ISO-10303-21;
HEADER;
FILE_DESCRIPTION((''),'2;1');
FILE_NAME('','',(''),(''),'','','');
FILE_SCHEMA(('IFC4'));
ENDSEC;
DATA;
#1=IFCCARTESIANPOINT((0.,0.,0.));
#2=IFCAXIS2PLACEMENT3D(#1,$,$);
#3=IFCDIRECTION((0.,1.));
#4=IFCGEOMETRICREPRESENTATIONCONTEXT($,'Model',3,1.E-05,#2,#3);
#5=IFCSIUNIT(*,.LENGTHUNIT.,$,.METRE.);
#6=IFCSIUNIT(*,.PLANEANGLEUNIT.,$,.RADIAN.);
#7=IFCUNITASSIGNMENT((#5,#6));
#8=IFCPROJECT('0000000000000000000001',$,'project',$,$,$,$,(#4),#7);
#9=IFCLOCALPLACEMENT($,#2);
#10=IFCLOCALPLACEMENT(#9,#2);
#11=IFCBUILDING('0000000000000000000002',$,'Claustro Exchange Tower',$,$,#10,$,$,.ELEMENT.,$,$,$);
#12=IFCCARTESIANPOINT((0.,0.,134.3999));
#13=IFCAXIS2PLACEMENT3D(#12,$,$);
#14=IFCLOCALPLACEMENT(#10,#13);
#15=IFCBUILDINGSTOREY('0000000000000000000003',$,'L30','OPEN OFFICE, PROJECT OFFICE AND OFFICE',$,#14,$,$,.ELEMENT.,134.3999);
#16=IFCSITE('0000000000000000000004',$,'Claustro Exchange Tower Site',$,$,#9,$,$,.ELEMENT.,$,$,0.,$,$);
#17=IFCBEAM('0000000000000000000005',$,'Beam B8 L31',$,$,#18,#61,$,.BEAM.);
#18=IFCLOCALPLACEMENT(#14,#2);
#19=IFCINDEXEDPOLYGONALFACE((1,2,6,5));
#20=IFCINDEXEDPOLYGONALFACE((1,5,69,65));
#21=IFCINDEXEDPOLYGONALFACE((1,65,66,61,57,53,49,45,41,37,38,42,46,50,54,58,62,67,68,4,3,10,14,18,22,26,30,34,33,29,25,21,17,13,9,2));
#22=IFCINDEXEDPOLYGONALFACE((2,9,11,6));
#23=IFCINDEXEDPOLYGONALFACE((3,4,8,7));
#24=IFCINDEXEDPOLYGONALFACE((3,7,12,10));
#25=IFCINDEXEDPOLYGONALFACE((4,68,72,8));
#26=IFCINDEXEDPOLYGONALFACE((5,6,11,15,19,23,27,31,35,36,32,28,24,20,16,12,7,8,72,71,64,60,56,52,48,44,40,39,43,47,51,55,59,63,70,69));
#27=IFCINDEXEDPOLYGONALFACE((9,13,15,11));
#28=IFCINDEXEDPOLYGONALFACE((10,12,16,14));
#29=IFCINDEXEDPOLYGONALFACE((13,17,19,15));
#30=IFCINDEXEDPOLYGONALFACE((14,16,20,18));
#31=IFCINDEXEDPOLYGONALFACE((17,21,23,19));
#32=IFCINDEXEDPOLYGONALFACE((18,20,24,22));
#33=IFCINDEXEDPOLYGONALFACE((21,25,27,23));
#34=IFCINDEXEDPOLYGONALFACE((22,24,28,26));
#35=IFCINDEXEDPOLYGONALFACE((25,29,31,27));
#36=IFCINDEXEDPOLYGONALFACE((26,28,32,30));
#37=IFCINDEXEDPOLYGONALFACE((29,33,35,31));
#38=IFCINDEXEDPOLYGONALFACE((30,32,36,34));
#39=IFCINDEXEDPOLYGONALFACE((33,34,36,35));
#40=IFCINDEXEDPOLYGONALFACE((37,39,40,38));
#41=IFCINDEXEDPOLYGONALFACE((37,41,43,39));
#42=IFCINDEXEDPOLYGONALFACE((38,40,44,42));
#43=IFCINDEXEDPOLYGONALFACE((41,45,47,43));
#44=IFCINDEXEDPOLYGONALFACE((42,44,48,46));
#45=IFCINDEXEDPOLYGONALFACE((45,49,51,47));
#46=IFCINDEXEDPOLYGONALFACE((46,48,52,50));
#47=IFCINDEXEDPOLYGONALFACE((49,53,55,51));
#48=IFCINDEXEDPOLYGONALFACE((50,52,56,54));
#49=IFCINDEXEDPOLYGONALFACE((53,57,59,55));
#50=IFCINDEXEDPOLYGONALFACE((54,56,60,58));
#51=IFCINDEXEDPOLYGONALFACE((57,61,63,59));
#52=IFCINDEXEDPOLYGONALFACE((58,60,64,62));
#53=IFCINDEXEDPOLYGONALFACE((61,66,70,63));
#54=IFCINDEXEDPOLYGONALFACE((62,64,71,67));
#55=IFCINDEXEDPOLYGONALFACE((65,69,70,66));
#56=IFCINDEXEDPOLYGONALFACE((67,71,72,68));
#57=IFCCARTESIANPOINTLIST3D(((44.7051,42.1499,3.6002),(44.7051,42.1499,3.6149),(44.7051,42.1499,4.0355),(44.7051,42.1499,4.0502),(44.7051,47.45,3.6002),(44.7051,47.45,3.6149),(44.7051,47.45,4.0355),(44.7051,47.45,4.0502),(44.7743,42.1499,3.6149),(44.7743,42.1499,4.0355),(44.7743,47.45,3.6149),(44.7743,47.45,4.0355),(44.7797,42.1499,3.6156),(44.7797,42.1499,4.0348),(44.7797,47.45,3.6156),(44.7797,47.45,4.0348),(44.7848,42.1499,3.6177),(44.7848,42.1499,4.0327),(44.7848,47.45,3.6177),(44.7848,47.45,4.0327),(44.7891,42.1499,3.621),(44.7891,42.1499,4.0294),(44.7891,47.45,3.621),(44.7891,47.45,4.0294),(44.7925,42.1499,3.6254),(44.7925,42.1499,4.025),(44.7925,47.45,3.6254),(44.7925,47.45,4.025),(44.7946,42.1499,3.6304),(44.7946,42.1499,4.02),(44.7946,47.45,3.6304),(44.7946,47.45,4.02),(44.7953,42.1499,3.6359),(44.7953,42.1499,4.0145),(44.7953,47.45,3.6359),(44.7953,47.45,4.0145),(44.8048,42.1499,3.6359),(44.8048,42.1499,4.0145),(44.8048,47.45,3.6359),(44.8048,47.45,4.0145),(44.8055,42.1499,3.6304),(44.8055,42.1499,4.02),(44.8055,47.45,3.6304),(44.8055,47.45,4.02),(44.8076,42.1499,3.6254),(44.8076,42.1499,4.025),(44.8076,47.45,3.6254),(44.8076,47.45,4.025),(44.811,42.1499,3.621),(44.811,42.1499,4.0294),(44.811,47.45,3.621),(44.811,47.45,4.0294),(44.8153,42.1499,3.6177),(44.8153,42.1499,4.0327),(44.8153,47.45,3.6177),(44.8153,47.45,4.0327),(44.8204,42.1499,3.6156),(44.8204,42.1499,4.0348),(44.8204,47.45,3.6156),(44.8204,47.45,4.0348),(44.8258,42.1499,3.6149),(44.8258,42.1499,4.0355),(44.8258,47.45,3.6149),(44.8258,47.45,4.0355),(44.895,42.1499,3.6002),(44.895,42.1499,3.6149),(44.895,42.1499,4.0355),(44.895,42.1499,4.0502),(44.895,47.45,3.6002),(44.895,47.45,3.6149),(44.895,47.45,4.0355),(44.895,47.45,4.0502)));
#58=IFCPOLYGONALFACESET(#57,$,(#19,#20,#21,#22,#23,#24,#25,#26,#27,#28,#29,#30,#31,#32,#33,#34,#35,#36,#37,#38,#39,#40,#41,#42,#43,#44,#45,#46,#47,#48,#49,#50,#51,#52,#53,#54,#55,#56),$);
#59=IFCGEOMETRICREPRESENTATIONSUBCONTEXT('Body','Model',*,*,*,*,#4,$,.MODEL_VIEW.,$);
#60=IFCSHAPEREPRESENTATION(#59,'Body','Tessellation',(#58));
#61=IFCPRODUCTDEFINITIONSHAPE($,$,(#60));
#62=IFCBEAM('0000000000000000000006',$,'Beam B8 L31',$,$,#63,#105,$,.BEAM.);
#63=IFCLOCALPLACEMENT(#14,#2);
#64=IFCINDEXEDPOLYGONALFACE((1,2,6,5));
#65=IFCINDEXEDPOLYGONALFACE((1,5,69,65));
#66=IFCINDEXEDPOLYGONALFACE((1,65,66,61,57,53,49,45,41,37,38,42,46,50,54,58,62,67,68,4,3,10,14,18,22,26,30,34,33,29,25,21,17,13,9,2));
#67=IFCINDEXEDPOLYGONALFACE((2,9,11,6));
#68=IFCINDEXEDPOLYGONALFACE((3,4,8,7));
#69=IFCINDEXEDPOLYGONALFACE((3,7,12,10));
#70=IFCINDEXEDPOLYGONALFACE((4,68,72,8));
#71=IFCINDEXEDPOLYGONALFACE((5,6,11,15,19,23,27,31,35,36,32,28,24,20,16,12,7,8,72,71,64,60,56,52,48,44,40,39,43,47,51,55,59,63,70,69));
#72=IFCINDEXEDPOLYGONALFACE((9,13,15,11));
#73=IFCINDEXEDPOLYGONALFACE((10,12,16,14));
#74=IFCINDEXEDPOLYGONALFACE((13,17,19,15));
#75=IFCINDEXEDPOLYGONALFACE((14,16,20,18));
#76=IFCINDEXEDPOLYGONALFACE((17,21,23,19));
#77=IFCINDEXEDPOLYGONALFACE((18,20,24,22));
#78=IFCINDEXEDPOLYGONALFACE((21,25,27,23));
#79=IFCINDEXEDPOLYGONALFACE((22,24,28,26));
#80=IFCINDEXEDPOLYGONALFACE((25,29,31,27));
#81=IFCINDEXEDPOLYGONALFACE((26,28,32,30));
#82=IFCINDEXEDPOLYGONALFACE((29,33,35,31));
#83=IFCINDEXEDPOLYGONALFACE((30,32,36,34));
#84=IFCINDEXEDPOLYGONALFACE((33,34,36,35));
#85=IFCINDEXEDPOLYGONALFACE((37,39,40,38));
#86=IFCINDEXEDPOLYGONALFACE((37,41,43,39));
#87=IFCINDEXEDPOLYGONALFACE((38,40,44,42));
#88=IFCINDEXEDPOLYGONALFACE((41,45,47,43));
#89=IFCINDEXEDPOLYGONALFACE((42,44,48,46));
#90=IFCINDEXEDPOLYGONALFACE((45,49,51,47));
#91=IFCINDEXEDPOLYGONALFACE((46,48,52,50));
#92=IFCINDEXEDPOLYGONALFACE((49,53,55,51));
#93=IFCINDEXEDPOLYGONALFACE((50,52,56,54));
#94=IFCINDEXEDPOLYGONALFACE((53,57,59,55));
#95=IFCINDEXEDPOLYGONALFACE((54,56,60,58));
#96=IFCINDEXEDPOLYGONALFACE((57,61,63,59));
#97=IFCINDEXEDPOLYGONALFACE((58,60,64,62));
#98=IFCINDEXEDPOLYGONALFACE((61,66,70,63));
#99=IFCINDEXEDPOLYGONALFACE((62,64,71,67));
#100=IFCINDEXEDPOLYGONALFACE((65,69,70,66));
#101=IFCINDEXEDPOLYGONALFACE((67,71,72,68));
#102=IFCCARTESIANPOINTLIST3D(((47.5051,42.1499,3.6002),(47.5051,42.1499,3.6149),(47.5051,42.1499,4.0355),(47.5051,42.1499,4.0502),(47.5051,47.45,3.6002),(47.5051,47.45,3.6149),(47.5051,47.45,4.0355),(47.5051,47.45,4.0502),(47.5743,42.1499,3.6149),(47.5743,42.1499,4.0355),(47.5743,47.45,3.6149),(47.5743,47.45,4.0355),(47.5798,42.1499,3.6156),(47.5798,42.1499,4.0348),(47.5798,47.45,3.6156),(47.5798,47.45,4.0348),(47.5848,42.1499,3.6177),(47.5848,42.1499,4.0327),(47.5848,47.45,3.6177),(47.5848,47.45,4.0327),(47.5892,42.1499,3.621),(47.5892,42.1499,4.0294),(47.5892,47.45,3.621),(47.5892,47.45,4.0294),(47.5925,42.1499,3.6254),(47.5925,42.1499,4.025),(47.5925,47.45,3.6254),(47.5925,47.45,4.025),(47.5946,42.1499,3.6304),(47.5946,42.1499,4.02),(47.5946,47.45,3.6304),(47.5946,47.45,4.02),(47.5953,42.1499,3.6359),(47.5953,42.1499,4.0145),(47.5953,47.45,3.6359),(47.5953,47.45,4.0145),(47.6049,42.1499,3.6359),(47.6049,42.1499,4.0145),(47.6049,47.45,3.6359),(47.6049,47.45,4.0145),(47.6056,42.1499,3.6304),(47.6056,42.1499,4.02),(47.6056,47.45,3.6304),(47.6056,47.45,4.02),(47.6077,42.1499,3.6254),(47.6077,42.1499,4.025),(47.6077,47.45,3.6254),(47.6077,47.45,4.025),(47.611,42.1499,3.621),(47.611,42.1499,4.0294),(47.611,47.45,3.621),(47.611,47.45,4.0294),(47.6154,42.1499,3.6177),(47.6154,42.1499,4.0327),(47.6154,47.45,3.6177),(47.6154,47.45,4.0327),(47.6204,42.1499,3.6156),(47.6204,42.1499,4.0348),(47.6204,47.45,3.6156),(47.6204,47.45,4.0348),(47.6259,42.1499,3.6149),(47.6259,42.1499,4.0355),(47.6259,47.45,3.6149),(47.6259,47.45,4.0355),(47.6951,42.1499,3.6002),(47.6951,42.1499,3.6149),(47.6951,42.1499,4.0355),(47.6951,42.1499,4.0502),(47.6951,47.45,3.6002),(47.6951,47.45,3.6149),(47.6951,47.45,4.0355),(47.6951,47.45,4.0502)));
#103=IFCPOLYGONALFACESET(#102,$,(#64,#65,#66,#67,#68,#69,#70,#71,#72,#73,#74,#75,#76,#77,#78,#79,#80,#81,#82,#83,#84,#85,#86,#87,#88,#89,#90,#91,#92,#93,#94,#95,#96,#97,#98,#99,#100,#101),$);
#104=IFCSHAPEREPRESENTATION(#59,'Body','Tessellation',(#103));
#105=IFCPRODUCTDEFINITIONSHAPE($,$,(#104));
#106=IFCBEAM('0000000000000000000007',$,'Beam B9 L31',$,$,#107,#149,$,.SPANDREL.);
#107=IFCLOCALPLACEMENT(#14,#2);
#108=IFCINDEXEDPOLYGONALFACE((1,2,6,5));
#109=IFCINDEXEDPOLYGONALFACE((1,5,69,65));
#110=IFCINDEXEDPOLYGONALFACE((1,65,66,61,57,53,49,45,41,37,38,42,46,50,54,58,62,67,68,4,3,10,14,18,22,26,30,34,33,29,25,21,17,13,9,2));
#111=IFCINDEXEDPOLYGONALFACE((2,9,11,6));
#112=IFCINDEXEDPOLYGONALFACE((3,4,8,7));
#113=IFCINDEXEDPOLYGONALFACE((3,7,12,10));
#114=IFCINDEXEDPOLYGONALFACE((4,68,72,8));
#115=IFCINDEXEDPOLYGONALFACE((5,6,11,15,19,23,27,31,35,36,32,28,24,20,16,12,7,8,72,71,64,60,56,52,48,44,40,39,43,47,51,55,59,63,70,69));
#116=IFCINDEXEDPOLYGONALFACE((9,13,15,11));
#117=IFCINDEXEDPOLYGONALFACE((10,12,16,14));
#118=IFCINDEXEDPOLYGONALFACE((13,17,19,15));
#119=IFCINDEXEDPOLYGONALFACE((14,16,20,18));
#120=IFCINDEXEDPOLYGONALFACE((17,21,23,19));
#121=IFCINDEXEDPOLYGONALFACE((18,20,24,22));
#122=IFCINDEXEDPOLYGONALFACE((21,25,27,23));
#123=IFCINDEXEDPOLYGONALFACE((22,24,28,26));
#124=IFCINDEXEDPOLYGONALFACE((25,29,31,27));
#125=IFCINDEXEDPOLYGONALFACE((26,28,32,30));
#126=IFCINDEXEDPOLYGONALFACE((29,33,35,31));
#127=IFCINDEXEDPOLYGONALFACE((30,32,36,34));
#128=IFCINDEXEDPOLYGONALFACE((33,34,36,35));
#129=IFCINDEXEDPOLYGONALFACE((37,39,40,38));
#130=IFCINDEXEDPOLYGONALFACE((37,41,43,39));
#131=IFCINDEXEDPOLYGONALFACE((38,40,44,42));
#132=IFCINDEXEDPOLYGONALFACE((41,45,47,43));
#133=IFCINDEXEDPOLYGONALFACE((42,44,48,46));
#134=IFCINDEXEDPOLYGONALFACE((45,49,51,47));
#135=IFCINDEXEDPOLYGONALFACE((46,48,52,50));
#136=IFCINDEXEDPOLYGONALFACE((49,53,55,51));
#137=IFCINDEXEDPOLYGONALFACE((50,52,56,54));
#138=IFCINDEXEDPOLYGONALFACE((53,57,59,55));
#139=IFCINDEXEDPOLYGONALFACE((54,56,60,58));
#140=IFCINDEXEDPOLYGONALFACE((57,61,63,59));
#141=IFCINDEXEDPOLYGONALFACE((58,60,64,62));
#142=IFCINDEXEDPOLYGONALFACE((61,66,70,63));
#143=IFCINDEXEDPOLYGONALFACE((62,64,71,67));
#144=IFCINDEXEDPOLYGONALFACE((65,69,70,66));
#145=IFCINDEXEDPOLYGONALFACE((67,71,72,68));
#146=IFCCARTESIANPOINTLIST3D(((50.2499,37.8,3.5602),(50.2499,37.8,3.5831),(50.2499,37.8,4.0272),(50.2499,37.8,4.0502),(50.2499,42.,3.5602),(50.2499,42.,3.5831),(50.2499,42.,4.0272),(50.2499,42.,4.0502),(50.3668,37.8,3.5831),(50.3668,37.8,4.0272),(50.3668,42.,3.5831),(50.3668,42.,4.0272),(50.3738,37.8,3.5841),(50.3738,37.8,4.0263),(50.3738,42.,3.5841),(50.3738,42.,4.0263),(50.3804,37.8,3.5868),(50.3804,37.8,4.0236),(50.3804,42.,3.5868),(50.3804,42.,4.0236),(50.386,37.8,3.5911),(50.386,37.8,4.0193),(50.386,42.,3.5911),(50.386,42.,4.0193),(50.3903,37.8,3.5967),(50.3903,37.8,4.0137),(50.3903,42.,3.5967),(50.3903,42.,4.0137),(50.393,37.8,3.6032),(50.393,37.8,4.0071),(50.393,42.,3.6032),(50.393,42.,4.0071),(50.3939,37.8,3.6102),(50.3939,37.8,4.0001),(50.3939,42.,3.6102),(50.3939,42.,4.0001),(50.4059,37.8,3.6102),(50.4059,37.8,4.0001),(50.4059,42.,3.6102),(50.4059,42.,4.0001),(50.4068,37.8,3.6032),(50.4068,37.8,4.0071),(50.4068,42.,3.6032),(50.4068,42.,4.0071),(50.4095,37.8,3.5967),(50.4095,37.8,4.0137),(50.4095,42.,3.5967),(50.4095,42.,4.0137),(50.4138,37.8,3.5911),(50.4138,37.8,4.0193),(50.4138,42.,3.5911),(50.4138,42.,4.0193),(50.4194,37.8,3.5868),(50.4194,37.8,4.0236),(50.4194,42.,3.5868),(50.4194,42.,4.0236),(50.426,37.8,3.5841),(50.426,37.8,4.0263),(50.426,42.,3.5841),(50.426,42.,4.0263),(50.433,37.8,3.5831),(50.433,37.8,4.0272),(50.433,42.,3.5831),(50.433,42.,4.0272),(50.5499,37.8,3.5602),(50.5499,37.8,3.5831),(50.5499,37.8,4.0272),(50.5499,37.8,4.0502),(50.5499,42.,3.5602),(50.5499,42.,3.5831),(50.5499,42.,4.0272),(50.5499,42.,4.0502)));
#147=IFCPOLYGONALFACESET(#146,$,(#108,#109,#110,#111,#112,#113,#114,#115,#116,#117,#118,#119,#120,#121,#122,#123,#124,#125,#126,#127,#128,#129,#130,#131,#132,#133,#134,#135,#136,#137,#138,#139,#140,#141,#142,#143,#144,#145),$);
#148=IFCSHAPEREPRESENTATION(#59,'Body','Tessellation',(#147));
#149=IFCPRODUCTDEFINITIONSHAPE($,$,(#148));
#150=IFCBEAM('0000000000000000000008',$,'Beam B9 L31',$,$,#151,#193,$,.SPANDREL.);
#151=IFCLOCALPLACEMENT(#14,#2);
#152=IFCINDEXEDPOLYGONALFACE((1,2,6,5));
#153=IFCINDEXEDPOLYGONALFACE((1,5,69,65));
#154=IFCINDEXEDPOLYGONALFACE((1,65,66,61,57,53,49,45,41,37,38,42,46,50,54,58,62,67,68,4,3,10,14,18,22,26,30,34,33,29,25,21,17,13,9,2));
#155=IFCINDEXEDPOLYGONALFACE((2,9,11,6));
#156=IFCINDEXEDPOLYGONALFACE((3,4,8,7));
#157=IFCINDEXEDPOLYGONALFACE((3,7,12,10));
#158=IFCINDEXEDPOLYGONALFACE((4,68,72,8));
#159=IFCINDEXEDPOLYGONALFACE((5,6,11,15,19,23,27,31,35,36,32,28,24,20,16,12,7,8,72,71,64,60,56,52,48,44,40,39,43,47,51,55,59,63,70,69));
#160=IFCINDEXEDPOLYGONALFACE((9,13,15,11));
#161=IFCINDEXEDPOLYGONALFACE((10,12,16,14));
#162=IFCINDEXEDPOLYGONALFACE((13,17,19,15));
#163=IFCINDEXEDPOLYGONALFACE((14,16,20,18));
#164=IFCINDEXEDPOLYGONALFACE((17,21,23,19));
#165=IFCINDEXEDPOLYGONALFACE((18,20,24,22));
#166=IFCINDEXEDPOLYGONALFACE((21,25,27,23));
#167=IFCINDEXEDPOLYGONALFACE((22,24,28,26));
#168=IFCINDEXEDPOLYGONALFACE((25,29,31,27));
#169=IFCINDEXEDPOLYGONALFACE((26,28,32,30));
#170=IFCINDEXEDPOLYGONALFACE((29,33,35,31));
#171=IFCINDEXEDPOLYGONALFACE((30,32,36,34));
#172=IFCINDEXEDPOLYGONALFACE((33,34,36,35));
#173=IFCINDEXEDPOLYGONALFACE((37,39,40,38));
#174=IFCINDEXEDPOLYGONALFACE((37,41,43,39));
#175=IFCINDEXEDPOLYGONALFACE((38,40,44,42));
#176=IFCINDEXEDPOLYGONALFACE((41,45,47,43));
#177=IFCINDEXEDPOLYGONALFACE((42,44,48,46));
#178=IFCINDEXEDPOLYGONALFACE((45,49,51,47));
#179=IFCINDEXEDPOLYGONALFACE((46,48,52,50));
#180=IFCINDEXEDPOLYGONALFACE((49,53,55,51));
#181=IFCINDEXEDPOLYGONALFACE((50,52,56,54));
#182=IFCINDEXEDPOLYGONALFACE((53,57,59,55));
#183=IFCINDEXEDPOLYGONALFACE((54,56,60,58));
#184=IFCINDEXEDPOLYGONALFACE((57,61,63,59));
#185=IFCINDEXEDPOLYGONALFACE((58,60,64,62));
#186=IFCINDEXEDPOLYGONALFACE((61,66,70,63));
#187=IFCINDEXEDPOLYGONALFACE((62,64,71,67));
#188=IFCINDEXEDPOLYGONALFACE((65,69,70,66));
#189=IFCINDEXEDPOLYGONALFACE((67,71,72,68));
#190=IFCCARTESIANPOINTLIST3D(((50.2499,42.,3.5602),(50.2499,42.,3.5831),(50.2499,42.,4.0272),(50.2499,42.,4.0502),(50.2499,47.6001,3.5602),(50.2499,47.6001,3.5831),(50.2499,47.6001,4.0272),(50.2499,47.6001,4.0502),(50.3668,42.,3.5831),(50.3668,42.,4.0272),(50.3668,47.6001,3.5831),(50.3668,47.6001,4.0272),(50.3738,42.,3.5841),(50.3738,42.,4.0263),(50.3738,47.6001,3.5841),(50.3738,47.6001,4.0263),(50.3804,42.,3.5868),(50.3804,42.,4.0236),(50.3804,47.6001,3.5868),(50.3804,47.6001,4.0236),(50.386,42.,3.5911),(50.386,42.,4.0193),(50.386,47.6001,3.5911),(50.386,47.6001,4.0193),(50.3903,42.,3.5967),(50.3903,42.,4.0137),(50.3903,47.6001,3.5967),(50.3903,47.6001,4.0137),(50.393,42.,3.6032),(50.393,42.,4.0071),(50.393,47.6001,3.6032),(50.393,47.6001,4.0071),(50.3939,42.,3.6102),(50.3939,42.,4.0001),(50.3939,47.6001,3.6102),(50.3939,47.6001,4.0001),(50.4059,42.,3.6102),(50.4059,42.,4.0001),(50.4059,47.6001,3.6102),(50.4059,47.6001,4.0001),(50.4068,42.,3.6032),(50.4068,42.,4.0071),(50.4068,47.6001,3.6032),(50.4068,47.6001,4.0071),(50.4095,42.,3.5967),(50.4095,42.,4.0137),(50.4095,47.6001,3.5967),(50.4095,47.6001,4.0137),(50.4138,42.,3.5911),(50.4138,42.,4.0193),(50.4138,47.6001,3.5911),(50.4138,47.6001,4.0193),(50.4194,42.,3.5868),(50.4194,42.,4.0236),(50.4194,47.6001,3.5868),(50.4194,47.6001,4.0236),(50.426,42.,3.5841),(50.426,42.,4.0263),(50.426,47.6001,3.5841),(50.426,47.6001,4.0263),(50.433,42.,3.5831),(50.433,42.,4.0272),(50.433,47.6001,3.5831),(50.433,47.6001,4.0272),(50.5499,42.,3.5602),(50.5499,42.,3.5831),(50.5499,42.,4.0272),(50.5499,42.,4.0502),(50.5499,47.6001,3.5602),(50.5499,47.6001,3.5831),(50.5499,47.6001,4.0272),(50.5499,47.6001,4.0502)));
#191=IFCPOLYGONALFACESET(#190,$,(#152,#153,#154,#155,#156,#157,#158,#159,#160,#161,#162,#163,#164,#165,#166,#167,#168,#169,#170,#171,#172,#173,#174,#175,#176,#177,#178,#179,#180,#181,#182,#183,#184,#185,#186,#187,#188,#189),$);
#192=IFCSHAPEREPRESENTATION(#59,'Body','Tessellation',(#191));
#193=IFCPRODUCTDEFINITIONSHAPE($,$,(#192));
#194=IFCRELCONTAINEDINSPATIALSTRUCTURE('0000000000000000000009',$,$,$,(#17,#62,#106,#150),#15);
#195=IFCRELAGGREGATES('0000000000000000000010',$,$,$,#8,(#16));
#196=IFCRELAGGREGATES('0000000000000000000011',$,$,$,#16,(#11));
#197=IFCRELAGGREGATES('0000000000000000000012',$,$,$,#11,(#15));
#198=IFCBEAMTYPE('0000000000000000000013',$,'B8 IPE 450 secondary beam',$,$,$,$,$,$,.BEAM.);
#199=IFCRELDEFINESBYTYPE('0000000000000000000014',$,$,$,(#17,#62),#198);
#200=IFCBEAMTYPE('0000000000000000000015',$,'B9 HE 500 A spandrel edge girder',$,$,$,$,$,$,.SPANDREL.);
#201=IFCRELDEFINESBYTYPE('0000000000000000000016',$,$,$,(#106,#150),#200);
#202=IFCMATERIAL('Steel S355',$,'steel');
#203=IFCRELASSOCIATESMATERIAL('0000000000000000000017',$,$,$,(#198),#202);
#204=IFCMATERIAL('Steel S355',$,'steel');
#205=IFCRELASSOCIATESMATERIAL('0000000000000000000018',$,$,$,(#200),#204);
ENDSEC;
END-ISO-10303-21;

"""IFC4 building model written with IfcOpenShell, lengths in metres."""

from ifc_helpers import new_model, si_unit, direction, frame, origin, origin_2d, place, context, subcontext, project, spatial, i_section, extrude, material, material_profile, profile_set, type_object, element, save


model = new_model("IFC4")

# Units and contexts
model_context = context("Model", 3, precision=1e-05, world=origin(), true_north=direction((0.0, 1.0)))
body_context = subcontext(model_context, "Body", "Model", "MODEL_VIEW")
ifc_project = project(units=[si_unit("LENGTHUNIT", "METRE"), si_unit("PLANEANGLEUNIT", "RADIAN")], contexts=[model_context])

# Site, building, storey
site_placement = place(None, origin())
site = spatial("IfcSite", under=ifc_project, at=site_placement, Name="Claustro Exchange Tower Site", CompositionType="ELEMENT", RefElevation=0.0)
building_placement = place(site_placement, origin())
building = spatial("IfcBuilding", under=site, at=building_placement, Name="Claustro Exchange Tower", CompositionType="ELEMENT")
storey_placement = place(building_placement, frame((0.0, 0.0, 134.3999)))
storey = spatial("IfcBuildingStorey", under=building, at=storey_placement, Name="L30", Description="OPEN OFFICE, PROJECT OFFICE AND OFFICE", CompositionType="ELEMENT", Elevation=134.3999)

# Beams
ifc_material_1 = material(Name="Steel S355", Category="steel")
ifc_material_profile_1 = material_profile(ifc_material_1, i_section(OverallWidth=0.1899, OverallDepth=0.45, WebThickness=0.0095, FlangeThickness=0.0146, FilletRadius=0.021, at=origin_2d()), Name="IPE 450")
ifc_profile_set_1 = profile_set([ifc_material_profile_1], Name="Steel S355")
beam_type_1 = type_object("IfcBeamType", Name="B8 IPE 450 secondary beam", PredefinedType="BEAM", material=ifc_profile_set_1)
for number, where, z_axis, x_axis, name in (
    (1, (44.8, 42.1499, 3.8252), (0.0, 1.0, 0.0), (-1.0, 0.0, 0.0), "Beam B8 L31"),
    (2, (47.6001, 42.1499, 3.8252), (0.0, 1.0, 0.0), (-1.0, 0.0, 0.0), "Beam B8 L31"),
):
    element("IfcBeam", number, at=place(storey_placement, frame(where, z_axis=z_axis, x_axis=x_axis)), inside=storey, type_object=beam_type_1, Name=name, PredefinedType="BEAM", context=body_context, shape_type="SweptSolid", body=[
        extrude(i_section(OverallWidth=0.1899, OverallDepth=0.45, WebThickness=0.0095, FlangeThickness=0.0146, FilletRadius=0.021, at=origin_2d()), origin(), (0.0, 0.0, 1.0), 5.3),
    ])
ifc_material_2 = material(Name="Steel S355", Category="steel")
ifc_material_profile_2 = material_profile(ifc_material_2, i_section(OverallWidth=0.3, OverallDepth=0.49, WebThickness=0.012, FlangeThickness=0.0229, FilletRadius=0.0271, at=origin_2d()), Name="HE 500 A")
ifc_profile_set_2 = profile_set([ifc_material_profile_2], Name="Steel S355")
beam_type_2 = type_object("IfcBeamType", Name="B9 HE 500 A spandrel edge girder", PredefinedType="SPANDREL", material=ifc_profile_set_2)
beam_1_placement = place(storey_placement, frame((50.3999, 37.8, 3.8052), z_axis=(0.0, 1.0, 0.0), x_axis=(-1.0, 0.0, 0.0)))
element("IfcBeam", 3, at=beam_1_placement, inside=storey, type_object=beam_type_2, Name="Beam B9 L31", PredefinedType="SPANDREL", context=body_context, shape_type="SweptSolid", body=[
    extrude(i_section(OverallWidth=0.3, OverallDepth=0.49, WebThickness=0.012, FlangeThickness=0.0229, FilletRadius=0.0271, at=origin_2d()), origin(), (0.0, 0.0, 1.0), 4.2),
])
beam_2_placement = place(storey_placement, frame((50.3999, 42.0, 3.8052), z_axis=(0.0, 1.0, 0.0), x_axis=(-1.0, 0.0, 0.0)))
element("IfcBeam", 4, at=beam_2_placement, inside=storey, type_object=beam_type_2, Name="Beam B9 L31", PredefinedType="SPANDREL", context=body_context, shape_type="SweptSolid", body=[
    extrude(i_section(OverallWidth=0.3, OverallDepth=0.49, WebThickness=0.012, FlangeThickness=0.0229, FilletRadius=0.0271, at=origin_2d()), origin(), (0.0, 0.0, 1.0), 5.6001),
])

save(model, "model.ifc")
